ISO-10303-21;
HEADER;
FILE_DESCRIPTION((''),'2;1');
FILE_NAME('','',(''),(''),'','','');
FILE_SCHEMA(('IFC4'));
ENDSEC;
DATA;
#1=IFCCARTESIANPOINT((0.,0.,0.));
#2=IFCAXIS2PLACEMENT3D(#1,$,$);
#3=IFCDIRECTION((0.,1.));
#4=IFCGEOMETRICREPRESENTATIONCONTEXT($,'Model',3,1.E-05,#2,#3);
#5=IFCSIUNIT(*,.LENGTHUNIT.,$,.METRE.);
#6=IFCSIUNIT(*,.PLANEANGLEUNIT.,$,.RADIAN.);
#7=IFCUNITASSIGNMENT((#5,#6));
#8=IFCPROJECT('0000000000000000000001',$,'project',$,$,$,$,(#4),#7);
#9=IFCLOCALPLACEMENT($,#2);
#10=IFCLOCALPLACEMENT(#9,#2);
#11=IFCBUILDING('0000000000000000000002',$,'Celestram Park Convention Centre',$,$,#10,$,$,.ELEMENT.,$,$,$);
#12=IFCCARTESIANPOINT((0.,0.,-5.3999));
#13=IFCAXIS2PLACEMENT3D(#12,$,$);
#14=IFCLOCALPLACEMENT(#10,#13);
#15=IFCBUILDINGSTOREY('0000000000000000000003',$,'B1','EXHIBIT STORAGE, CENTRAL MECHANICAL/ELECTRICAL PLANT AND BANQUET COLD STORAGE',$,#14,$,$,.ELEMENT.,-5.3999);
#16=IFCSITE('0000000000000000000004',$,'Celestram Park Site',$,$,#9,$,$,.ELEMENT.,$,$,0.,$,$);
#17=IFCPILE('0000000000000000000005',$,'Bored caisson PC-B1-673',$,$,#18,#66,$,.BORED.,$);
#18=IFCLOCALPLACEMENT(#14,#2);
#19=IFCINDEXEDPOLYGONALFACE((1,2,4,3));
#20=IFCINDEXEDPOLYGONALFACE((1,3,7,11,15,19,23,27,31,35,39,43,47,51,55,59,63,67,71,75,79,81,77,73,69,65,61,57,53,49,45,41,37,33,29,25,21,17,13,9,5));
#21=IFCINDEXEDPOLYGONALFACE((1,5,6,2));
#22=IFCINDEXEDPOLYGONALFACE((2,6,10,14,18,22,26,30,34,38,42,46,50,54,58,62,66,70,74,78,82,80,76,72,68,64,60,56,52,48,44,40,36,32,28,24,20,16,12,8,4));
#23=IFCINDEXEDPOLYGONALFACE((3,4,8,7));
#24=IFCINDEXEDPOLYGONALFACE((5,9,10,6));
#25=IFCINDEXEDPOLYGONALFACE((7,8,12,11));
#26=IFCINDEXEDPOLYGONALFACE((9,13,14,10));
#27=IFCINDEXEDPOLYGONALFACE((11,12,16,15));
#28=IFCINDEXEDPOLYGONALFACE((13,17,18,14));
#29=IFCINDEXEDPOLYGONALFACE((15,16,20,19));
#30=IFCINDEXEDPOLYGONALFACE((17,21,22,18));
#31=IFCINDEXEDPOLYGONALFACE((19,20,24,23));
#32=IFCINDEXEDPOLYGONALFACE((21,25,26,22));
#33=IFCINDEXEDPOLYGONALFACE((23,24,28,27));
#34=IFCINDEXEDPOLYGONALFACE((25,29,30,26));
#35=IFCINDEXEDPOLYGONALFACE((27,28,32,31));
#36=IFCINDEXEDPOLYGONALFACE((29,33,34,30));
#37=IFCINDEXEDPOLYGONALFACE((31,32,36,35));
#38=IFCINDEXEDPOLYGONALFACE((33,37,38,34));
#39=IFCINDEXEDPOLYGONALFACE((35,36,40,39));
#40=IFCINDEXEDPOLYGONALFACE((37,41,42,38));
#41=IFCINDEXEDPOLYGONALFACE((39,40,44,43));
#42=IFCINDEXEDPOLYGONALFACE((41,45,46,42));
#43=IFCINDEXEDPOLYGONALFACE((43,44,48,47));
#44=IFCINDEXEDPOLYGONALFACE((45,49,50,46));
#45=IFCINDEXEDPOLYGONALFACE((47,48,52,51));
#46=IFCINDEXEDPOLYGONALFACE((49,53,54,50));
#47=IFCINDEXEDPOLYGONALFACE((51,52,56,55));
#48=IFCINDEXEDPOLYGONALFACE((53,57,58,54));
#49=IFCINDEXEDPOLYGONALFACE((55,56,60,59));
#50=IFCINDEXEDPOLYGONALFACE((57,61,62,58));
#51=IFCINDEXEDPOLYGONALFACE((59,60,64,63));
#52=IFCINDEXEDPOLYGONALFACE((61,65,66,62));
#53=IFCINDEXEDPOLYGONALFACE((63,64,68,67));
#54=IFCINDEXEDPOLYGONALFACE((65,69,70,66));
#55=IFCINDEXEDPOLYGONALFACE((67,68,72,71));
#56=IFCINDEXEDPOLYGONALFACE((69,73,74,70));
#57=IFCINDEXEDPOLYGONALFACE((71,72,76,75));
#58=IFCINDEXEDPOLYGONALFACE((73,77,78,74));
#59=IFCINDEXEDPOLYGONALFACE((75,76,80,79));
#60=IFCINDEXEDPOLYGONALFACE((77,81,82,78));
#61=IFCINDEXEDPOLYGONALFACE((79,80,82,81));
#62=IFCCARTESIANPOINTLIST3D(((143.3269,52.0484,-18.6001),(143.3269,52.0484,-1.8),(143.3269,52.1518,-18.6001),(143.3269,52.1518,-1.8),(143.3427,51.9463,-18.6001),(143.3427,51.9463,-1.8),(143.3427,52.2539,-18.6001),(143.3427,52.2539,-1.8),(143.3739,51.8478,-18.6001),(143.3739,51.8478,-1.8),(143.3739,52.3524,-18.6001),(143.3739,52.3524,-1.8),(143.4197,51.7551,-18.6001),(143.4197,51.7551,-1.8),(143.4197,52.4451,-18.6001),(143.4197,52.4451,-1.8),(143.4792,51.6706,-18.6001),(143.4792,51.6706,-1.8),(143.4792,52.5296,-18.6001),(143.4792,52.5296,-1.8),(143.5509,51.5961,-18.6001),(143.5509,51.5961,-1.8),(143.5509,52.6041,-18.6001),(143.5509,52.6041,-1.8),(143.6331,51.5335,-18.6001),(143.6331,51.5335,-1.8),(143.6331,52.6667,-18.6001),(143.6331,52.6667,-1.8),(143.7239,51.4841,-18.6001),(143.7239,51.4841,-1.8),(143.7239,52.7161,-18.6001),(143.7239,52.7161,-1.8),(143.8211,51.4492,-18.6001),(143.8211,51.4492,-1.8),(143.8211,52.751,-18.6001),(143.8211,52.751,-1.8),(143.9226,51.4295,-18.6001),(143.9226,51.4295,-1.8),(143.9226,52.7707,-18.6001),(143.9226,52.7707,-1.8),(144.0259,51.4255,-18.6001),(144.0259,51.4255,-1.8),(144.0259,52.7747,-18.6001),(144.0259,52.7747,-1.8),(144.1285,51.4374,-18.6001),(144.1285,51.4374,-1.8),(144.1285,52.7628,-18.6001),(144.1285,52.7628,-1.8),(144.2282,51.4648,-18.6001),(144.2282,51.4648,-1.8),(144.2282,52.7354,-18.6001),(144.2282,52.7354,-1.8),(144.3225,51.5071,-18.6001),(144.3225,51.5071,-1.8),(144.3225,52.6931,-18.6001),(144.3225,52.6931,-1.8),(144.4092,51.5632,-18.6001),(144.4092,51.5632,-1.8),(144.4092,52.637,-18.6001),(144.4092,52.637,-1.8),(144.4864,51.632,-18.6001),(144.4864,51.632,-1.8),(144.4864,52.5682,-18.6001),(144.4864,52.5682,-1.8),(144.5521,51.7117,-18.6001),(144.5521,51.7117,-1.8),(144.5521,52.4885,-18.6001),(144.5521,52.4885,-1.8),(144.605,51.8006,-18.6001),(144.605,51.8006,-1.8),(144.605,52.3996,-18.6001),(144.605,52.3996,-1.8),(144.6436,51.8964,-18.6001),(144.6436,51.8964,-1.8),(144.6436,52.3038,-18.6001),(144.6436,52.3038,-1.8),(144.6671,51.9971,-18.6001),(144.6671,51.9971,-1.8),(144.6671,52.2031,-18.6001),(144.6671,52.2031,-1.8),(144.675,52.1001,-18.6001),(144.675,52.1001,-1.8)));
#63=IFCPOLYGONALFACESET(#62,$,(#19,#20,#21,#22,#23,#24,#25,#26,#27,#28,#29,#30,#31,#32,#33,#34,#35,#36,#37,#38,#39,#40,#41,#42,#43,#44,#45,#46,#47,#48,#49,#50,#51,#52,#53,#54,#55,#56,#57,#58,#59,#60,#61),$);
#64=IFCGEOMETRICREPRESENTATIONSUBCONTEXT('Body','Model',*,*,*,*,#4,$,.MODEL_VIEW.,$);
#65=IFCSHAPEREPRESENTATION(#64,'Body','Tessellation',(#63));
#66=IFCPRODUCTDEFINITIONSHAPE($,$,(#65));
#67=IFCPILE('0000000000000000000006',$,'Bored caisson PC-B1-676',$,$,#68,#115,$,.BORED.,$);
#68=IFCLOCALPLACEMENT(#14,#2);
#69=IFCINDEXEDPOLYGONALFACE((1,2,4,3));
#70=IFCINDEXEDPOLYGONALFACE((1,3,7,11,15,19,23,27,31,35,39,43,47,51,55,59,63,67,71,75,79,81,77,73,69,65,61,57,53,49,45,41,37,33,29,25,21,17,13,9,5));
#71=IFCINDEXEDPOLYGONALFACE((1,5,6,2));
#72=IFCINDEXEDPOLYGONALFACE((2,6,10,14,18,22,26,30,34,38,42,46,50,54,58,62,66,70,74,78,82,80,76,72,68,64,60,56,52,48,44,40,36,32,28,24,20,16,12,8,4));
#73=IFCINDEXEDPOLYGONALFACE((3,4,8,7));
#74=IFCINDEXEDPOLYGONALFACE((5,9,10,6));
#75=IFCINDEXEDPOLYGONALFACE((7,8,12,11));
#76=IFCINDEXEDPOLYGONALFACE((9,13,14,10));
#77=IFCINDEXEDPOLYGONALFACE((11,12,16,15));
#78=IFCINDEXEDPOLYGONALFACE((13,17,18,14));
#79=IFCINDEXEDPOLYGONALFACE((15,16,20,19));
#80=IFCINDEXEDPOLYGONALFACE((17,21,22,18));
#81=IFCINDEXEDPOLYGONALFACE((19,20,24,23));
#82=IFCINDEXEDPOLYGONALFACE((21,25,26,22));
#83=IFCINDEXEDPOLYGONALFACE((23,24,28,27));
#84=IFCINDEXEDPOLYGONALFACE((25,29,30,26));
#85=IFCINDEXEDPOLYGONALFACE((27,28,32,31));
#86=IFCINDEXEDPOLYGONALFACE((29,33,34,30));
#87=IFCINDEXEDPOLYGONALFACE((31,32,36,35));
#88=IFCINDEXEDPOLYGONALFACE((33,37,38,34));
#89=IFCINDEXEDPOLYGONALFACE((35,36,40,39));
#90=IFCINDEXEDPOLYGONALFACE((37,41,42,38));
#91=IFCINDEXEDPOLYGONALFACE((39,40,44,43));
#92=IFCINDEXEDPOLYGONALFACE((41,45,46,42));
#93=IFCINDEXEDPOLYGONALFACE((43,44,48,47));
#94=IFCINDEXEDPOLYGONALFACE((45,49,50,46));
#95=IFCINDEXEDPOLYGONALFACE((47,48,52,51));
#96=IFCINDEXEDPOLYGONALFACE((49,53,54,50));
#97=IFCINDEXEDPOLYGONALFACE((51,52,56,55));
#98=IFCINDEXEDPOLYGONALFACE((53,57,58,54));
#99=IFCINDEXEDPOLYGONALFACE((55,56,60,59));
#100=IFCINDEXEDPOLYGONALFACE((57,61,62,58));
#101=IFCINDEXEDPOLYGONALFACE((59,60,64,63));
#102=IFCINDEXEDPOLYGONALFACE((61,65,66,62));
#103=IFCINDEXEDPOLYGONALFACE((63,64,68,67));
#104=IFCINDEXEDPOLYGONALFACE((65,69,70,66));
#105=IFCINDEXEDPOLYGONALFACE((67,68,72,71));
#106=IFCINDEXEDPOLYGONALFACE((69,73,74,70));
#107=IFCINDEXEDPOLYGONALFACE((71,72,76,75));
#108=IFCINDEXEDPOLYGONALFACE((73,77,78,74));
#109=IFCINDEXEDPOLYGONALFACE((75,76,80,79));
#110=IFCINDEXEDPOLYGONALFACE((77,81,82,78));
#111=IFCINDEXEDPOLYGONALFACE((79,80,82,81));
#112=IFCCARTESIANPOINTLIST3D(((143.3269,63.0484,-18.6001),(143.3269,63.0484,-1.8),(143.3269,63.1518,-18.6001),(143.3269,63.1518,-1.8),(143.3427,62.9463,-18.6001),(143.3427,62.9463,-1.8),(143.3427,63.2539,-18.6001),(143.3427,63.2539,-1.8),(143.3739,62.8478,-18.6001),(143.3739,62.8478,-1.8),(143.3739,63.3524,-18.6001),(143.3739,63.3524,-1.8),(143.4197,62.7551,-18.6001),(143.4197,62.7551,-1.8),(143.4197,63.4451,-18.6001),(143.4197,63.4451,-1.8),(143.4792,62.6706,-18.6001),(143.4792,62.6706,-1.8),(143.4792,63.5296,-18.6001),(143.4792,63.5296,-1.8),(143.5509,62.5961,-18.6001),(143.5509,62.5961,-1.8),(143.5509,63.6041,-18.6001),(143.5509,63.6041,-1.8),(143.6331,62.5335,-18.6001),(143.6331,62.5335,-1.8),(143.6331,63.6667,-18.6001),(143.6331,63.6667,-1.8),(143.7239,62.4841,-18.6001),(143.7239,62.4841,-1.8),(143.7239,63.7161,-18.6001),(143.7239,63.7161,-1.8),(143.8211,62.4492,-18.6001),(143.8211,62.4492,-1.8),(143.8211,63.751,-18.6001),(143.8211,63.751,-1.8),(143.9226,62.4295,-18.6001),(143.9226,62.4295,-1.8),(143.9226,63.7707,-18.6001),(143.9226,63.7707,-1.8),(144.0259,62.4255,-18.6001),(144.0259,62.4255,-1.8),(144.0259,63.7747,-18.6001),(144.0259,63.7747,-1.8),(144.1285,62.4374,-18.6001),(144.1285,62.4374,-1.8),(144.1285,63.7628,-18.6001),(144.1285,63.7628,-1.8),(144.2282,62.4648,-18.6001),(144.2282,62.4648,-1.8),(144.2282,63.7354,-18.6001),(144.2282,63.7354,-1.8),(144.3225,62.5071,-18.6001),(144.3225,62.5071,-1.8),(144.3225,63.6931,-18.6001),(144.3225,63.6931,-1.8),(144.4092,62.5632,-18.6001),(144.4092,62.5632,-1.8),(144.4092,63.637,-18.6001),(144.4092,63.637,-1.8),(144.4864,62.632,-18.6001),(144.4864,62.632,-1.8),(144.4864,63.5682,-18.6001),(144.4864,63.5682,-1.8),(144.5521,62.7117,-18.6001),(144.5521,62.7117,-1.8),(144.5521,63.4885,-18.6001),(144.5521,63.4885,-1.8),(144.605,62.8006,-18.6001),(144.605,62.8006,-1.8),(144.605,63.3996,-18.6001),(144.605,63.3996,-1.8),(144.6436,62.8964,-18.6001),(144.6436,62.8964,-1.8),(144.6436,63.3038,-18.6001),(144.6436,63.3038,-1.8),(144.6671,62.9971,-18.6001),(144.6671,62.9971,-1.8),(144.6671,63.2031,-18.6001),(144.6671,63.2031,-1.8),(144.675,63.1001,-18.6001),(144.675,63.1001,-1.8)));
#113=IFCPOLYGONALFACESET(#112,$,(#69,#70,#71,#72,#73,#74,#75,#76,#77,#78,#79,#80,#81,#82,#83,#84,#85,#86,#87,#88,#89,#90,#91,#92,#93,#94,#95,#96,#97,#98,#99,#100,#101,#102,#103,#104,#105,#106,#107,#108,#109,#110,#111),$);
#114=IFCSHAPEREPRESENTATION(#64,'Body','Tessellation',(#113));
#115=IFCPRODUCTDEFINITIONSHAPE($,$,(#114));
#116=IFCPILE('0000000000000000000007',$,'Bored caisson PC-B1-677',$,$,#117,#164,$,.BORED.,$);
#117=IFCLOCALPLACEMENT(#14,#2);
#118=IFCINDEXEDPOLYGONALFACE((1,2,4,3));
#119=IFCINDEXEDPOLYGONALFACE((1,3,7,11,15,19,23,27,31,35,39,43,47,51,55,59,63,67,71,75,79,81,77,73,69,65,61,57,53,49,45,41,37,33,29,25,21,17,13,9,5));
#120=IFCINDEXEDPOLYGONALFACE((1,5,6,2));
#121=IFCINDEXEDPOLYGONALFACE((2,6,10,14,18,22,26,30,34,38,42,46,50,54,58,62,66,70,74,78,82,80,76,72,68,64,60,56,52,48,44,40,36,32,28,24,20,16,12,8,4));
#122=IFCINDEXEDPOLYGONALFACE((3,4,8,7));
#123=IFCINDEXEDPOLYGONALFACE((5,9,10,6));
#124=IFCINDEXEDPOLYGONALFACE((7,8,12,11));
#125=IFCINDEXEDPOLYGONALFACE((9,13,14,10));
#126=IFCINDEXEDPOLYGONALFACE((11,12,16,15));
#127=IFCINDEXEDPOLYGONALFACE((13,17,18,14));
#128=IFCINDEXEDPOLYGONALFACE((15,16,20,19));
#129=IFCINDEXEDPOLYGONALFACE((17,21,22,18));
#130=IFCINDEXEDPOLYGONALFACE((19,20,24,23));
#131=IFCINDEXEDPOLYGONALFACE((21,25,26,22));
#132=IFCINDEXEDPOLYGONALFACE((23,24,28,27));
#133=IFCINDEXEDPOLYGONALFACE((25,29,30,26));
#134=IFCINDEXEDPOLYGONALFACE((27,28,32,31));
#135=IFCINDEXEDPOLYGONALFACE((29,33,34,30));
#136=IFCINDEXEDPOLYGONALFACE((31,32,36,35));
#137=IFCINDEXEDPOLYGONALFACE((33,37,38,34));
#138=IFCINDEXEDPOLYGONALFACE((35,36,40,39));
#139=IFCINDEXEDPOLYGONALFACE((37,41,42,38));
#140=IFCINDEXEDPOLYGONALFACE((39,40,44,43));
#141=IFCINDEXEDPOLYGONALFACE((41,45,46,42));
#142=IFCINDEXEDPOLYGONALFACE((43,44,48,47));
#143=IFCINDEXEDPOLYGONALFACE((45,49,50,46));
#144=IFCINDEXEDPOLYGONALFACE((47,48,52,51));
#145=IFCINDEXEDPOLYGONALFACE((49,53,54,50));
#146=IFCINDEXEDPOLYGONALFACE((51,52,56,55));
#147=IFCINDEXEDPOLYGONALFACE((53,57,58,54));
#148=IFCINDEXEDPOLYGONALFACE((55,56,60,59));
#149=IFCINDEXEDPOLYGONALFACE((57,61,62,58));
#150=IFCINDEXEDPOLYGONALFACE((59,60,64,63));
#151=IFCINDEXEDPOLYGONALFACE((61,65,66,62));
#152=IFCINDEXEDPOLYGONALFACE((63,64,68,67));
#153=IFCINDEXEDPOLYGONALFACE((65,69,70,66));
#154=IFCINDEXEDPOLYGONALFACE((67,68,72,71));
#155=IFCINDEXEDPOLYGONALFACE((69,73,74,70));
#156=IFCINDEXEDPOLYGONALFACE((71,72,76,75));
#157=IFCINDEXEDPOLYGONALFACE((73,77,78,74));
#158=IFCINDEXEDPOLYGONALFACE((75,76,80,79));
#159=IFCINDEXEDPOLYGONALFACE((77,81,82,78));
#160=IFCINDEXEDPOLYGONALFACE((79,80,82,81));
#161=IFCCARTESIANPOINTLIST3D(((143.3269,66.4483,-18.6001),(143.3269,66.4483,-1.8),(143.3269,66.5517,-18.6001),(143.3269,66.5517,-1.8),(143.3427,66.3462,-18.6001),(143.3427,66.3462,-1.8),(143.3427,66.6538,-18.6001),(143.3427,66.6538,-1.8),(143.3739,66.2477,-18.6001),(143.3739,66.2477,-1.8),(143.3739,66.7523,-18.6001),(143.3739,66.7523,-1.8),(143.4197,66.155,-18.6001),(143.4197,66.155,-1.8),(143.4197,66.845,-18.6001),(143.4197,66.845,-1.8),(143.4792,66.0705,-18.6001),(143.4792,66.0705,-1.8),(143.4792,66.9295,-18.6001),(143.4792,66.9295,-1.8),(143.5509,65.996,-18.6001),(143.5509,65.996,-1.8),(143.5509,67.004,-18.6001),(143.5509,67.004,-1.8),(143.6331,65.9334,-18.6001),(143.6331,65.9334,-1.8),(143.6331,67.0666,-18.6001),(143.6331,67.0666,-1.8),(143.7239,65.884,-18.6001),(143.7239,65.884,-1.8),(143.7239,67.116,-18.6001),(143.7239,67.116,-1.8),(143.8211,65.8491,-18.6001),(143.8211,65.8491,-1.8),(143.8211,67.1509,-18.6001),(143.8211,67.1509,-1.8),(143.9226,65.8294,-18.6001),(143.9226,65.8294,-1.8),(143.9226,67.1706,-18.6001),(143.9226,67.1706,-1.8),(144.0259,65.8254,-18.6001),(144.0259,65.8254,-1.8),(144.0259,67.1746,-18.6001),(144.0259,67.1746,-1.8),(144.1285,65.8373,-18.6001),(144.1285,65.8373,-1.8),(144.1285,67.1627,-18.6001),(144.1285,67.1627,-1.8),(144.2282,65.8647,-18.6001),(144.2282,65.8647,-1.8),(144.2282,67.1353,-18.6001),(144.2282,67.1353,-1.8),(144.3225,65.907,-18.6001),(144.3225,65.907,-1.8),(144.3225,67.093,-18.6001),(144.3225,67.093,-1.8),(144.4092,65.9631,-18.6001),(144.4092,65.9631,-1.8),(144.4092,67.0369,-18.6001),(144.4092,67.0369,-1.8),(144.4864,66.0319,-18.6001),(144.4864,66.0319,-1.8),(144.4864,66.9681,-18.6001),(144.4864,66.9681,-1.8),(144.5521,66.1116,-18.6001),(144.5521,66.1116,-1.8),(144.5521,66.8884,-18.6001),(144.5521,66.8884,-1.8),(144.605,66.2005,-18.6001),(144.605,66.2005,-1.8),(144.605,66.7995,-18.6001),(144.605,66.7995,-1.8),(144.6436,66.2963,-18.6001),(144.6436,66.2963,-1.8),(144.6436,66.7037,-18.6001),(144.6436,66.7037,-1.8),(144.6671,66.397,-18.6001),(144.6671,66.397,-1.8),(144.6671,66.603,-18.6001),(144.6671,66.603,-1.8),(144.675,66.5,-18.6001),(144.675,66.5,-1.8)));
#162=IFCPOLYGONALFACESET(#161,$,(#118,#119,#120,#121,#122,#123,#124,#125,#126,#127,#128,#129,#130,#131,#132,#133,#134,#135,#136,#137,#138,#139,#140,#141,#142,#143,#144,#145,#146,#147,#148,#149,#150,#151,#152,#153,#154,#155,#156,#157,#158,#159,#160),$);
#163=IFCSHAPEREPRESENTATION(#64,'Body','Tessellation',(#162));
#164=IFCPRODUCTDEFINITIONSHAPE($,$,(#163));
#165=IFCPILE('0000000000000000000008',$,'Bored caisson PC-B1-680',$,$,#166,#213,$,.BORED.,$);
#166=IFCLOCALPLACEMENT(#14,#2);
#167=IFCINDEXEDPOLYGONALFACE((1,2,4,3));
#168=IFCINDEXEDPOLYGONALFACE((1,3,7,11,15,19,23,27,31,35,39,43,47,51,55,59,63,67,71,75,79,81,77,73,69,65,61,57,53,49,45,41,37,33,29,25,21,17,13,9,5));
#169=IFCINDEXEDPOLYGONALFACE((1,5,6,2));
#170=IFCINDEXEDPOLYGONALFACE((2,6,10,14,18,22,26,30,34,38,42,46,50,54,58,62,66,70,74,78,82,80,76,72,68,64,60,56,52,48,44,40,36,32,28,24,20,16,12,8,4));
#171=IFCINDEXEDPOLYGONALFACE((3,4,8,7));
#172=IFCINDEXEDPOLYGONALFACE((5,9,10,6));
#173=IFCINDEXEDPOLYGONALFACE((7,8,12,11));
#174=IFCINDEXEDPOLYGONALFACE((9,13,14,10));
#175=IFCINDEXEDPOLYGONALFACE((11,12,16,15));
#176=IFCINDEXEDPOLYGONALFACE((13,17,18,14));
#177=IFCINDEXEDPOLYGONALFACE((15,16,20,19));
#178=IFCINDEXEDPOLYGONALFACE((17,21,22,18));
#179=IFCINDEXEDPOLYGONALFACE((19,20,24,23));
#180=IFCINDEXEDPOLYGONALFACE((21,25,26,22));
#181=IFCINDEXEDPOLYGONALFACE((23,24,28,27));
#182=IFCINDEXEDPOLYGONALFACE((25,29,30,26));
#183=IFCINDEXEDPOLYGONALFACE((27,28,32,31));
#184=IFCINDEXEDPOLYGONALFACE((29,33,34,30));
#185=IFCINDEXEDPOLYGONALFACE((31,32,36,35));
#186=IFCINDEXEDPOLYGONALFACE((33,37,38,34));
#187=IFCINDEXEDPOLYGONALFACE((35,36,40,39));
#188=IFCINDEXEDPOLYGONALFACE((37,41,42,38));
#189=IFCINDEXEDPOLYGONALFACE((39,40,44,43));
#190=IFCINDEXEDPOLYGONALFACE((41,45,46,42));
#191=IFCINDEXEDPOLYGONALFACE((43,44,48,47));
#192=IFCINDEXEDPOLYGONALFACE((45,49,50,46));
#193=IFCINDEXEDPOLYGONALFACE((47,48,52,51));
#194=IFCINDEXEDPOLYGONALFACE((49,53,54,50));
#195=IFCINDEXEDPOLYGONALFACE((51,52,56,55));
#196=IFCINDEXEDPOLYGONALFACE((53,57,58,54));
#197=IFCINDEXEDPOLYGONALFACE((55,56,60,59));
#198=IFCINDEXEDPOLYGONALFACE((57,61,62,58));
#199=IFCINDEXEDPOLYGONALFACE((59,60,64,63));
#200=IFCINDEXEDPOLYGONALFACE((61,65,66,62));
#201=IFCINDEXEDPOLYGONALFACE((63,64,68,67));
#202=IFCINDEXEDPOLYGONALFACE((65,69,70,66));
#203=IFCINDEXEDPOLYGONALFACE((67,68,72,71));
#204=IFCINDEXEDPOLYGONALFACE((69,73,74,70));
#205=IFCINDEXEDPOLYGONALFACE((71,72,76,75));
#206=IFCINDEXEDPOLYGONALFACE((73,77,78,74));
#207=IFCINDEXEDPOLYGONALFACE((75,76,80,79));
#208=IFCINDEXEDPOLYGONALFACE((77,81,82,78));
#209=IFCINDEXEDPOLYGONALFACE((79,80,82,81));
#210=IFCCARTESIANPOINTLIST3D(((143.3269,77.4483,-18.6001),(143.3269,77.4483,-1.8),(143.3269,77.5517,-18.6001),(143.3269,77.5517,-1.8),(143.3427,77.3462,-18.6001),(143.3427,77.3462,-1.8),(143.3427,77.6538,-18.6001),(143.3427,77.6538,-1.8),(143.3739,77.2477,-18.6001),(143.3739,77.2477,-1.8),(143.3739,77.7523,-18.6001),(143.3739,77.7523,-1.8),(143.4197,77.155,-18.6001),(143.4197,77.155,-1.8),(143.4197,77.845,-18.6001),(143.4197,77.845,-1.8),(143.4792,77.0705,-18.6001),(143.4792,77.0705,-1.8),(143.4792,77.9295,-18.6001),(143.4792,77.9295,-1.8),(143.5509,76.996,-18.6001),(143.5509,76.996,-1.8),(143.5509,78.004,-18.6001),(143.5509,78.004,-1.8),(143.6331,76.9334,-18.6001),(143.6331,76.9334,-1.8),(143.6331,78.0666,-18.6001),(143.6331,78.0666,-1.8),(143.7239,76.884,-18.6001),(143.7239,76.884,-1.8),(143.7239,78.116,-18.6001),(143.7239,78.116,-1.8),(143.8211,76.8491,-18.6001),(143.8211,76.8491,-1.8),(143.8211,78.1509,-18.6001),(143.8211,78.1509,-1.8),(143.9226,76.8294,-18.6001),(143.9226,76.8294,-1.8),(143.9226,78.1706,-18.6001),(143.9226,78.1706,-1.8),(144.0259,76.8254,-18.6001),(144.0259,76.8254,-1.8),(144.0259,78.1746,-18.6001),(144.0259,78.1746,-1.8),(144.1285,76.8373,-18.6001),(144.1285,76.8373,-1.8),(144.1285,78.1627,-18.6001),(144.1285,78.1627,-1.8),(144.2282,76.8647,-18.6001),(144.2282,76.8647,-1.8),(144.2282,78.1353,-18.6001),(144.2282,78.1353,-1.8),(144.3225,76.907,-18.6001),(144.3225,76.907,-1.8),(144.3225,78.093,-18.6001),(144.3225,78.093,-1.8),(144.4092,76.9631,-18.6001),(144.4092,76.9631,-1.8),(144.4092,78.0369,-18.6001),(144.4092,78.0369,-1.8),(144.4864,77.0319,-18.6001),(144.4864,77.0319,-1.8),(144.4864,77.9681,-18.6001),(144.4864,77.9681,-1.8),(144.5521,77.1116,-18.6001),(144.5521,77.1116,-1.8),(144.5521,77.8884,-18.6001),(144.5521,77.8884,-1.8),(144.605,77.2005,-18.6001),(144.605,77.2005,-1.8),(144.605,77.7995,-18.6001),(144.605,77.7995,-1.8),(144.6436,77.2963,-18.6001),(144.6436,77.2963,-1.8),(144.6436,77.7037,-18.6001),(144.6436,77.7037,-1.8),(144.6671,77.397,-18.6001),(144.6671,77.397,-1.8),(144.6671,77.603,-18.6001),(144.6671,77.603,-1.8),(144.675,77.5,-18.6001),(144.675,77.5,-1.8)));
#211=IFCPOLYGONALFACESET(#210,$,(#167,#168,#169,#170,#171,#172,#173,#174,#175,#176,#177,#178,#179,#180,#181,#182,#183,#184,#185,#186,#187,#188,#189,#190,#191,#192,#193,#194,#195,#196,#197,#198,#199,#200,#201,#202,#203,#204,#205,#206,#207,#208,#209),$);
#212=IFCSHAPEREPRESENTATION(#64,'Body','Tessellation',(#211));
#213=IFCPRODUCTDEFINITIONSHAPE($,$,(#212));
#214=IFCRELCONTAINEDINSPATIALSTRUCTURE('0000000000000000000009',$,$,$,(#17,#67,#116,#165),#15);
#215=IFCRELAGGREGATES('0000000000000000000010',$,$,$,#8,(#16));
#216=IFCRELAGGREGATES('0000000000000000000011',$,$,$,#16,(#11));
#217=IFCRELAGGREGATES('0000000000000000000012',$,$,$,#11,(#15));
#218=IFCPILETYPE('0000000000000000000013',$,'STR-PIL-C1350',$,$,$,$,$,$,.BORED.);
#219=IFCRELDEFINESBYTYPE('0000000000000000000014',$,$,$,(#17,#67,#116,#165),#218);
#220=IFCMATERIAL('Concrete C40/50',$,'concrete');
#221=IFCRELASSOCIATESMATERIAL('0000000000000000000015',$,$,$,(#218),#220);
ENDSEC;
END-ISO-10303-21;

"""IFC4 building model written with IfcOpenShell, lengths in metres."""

from ifc_helpers import new_model, si_unit, direction, frame, origin, origin_2d, place, context, subcontext, project, spatial, circle, extrude, material, material_profile, profile_set, type_object, element, save


model = new_model("IFC4")

# Units and contexts
model_context = context("Model", 3, precision=1e-05, world=origin(), true_north=direction((0.0, 1.0)))
body_context = subcontext(model_context, "Body", "Model", "MODEL_VIEW")
ifc_project = project(units=[si_unit("LENGTHUNIT", "METRE"), si_unit("PLANEANGLEUNIT", "RADIAN")], contexts=[model_context])

# Site, building, storey
site_placement = place(None, origin())
site = spatial("IfcSite", under=ifc_project, at=site_placement, Name="Celestram Park Site", CompositionType="ELEMENT", RefElevation=0.0)
building_placement = place(site_placement, origin())
building = spatial("IfcBuilding", under=site, at=building_placement, Name="Celestram Park Convention Centre", CompositionType="ELEMENT")
storey_placement = place(building_placement, frame((0.0, 0.0, -5.3999)))
storey = spatial("IfcBuildingStorey", under=building, at=storey_placement, Name="B1", Description="EXHIBIT STORAGE, CENTRAL MECHANICAL/ELECTRICAL PLANT AND BANQUET COLD STORAGE", CompositionType="ELEMENT", Elevation=-5.3999)

# Shared definitions
ifc_material_1 = material(Name="Concrete C40/50", Category="concrete")

# Piles
ifc_material_profile_1 = material_profile(ifc_material_1, circle(Radius=0.675, at=origin_2d()), Name="CAISSON1350")
ifc_profile_set_1 = profile_set([ifc_material_profile_1], Name="Concrete C40/50")
pile_type = type_object("IfcPileType", Name="STR-PIL-C1350", PredefinedType="BORED", material=ifc_profile_set_1)
for number, where, z_axis, x_axis, name in (
    (1, (144.0, 52.1001, -1.8), (0.0, 0.0, -1.0), (1.0, 0.0, 0.0), "Bored caisson PC-B1-673"),
    (2, (144.0, 63.1001, -1.8), (0.0, 0.0, -1.0), (1.0, 0.0, 0.0), "Bored caisson PC-B1-676"),
    (3, (144.0, 66.5, -1.8), (0.0, 0.0, -1.0), (1.0, 0.0, 0.0), "Bored caisson PC-B1-677"),
    (4, (144.0, 77.5, -1.8), (0.0, 0.0, -1.0), (1.0, 0.0, 0.0), "Bored caisson PC-B1-680"),
):
    element("IfcPile", number, at=place(storey_placement, frame(where, z_axis=z_axis, x_axis=x_axis)), inside=storey, type_object=pile_type, Name=name, PredefinedType="BORED", context=body_context, shape_type="SweptSolid", body=[
        extrude(circle(Radius=0.675, at=origin_2d()), origin(), (0.0, 0.0, 1.0), 16.8),
    ])

save(model, "model.ifc")
